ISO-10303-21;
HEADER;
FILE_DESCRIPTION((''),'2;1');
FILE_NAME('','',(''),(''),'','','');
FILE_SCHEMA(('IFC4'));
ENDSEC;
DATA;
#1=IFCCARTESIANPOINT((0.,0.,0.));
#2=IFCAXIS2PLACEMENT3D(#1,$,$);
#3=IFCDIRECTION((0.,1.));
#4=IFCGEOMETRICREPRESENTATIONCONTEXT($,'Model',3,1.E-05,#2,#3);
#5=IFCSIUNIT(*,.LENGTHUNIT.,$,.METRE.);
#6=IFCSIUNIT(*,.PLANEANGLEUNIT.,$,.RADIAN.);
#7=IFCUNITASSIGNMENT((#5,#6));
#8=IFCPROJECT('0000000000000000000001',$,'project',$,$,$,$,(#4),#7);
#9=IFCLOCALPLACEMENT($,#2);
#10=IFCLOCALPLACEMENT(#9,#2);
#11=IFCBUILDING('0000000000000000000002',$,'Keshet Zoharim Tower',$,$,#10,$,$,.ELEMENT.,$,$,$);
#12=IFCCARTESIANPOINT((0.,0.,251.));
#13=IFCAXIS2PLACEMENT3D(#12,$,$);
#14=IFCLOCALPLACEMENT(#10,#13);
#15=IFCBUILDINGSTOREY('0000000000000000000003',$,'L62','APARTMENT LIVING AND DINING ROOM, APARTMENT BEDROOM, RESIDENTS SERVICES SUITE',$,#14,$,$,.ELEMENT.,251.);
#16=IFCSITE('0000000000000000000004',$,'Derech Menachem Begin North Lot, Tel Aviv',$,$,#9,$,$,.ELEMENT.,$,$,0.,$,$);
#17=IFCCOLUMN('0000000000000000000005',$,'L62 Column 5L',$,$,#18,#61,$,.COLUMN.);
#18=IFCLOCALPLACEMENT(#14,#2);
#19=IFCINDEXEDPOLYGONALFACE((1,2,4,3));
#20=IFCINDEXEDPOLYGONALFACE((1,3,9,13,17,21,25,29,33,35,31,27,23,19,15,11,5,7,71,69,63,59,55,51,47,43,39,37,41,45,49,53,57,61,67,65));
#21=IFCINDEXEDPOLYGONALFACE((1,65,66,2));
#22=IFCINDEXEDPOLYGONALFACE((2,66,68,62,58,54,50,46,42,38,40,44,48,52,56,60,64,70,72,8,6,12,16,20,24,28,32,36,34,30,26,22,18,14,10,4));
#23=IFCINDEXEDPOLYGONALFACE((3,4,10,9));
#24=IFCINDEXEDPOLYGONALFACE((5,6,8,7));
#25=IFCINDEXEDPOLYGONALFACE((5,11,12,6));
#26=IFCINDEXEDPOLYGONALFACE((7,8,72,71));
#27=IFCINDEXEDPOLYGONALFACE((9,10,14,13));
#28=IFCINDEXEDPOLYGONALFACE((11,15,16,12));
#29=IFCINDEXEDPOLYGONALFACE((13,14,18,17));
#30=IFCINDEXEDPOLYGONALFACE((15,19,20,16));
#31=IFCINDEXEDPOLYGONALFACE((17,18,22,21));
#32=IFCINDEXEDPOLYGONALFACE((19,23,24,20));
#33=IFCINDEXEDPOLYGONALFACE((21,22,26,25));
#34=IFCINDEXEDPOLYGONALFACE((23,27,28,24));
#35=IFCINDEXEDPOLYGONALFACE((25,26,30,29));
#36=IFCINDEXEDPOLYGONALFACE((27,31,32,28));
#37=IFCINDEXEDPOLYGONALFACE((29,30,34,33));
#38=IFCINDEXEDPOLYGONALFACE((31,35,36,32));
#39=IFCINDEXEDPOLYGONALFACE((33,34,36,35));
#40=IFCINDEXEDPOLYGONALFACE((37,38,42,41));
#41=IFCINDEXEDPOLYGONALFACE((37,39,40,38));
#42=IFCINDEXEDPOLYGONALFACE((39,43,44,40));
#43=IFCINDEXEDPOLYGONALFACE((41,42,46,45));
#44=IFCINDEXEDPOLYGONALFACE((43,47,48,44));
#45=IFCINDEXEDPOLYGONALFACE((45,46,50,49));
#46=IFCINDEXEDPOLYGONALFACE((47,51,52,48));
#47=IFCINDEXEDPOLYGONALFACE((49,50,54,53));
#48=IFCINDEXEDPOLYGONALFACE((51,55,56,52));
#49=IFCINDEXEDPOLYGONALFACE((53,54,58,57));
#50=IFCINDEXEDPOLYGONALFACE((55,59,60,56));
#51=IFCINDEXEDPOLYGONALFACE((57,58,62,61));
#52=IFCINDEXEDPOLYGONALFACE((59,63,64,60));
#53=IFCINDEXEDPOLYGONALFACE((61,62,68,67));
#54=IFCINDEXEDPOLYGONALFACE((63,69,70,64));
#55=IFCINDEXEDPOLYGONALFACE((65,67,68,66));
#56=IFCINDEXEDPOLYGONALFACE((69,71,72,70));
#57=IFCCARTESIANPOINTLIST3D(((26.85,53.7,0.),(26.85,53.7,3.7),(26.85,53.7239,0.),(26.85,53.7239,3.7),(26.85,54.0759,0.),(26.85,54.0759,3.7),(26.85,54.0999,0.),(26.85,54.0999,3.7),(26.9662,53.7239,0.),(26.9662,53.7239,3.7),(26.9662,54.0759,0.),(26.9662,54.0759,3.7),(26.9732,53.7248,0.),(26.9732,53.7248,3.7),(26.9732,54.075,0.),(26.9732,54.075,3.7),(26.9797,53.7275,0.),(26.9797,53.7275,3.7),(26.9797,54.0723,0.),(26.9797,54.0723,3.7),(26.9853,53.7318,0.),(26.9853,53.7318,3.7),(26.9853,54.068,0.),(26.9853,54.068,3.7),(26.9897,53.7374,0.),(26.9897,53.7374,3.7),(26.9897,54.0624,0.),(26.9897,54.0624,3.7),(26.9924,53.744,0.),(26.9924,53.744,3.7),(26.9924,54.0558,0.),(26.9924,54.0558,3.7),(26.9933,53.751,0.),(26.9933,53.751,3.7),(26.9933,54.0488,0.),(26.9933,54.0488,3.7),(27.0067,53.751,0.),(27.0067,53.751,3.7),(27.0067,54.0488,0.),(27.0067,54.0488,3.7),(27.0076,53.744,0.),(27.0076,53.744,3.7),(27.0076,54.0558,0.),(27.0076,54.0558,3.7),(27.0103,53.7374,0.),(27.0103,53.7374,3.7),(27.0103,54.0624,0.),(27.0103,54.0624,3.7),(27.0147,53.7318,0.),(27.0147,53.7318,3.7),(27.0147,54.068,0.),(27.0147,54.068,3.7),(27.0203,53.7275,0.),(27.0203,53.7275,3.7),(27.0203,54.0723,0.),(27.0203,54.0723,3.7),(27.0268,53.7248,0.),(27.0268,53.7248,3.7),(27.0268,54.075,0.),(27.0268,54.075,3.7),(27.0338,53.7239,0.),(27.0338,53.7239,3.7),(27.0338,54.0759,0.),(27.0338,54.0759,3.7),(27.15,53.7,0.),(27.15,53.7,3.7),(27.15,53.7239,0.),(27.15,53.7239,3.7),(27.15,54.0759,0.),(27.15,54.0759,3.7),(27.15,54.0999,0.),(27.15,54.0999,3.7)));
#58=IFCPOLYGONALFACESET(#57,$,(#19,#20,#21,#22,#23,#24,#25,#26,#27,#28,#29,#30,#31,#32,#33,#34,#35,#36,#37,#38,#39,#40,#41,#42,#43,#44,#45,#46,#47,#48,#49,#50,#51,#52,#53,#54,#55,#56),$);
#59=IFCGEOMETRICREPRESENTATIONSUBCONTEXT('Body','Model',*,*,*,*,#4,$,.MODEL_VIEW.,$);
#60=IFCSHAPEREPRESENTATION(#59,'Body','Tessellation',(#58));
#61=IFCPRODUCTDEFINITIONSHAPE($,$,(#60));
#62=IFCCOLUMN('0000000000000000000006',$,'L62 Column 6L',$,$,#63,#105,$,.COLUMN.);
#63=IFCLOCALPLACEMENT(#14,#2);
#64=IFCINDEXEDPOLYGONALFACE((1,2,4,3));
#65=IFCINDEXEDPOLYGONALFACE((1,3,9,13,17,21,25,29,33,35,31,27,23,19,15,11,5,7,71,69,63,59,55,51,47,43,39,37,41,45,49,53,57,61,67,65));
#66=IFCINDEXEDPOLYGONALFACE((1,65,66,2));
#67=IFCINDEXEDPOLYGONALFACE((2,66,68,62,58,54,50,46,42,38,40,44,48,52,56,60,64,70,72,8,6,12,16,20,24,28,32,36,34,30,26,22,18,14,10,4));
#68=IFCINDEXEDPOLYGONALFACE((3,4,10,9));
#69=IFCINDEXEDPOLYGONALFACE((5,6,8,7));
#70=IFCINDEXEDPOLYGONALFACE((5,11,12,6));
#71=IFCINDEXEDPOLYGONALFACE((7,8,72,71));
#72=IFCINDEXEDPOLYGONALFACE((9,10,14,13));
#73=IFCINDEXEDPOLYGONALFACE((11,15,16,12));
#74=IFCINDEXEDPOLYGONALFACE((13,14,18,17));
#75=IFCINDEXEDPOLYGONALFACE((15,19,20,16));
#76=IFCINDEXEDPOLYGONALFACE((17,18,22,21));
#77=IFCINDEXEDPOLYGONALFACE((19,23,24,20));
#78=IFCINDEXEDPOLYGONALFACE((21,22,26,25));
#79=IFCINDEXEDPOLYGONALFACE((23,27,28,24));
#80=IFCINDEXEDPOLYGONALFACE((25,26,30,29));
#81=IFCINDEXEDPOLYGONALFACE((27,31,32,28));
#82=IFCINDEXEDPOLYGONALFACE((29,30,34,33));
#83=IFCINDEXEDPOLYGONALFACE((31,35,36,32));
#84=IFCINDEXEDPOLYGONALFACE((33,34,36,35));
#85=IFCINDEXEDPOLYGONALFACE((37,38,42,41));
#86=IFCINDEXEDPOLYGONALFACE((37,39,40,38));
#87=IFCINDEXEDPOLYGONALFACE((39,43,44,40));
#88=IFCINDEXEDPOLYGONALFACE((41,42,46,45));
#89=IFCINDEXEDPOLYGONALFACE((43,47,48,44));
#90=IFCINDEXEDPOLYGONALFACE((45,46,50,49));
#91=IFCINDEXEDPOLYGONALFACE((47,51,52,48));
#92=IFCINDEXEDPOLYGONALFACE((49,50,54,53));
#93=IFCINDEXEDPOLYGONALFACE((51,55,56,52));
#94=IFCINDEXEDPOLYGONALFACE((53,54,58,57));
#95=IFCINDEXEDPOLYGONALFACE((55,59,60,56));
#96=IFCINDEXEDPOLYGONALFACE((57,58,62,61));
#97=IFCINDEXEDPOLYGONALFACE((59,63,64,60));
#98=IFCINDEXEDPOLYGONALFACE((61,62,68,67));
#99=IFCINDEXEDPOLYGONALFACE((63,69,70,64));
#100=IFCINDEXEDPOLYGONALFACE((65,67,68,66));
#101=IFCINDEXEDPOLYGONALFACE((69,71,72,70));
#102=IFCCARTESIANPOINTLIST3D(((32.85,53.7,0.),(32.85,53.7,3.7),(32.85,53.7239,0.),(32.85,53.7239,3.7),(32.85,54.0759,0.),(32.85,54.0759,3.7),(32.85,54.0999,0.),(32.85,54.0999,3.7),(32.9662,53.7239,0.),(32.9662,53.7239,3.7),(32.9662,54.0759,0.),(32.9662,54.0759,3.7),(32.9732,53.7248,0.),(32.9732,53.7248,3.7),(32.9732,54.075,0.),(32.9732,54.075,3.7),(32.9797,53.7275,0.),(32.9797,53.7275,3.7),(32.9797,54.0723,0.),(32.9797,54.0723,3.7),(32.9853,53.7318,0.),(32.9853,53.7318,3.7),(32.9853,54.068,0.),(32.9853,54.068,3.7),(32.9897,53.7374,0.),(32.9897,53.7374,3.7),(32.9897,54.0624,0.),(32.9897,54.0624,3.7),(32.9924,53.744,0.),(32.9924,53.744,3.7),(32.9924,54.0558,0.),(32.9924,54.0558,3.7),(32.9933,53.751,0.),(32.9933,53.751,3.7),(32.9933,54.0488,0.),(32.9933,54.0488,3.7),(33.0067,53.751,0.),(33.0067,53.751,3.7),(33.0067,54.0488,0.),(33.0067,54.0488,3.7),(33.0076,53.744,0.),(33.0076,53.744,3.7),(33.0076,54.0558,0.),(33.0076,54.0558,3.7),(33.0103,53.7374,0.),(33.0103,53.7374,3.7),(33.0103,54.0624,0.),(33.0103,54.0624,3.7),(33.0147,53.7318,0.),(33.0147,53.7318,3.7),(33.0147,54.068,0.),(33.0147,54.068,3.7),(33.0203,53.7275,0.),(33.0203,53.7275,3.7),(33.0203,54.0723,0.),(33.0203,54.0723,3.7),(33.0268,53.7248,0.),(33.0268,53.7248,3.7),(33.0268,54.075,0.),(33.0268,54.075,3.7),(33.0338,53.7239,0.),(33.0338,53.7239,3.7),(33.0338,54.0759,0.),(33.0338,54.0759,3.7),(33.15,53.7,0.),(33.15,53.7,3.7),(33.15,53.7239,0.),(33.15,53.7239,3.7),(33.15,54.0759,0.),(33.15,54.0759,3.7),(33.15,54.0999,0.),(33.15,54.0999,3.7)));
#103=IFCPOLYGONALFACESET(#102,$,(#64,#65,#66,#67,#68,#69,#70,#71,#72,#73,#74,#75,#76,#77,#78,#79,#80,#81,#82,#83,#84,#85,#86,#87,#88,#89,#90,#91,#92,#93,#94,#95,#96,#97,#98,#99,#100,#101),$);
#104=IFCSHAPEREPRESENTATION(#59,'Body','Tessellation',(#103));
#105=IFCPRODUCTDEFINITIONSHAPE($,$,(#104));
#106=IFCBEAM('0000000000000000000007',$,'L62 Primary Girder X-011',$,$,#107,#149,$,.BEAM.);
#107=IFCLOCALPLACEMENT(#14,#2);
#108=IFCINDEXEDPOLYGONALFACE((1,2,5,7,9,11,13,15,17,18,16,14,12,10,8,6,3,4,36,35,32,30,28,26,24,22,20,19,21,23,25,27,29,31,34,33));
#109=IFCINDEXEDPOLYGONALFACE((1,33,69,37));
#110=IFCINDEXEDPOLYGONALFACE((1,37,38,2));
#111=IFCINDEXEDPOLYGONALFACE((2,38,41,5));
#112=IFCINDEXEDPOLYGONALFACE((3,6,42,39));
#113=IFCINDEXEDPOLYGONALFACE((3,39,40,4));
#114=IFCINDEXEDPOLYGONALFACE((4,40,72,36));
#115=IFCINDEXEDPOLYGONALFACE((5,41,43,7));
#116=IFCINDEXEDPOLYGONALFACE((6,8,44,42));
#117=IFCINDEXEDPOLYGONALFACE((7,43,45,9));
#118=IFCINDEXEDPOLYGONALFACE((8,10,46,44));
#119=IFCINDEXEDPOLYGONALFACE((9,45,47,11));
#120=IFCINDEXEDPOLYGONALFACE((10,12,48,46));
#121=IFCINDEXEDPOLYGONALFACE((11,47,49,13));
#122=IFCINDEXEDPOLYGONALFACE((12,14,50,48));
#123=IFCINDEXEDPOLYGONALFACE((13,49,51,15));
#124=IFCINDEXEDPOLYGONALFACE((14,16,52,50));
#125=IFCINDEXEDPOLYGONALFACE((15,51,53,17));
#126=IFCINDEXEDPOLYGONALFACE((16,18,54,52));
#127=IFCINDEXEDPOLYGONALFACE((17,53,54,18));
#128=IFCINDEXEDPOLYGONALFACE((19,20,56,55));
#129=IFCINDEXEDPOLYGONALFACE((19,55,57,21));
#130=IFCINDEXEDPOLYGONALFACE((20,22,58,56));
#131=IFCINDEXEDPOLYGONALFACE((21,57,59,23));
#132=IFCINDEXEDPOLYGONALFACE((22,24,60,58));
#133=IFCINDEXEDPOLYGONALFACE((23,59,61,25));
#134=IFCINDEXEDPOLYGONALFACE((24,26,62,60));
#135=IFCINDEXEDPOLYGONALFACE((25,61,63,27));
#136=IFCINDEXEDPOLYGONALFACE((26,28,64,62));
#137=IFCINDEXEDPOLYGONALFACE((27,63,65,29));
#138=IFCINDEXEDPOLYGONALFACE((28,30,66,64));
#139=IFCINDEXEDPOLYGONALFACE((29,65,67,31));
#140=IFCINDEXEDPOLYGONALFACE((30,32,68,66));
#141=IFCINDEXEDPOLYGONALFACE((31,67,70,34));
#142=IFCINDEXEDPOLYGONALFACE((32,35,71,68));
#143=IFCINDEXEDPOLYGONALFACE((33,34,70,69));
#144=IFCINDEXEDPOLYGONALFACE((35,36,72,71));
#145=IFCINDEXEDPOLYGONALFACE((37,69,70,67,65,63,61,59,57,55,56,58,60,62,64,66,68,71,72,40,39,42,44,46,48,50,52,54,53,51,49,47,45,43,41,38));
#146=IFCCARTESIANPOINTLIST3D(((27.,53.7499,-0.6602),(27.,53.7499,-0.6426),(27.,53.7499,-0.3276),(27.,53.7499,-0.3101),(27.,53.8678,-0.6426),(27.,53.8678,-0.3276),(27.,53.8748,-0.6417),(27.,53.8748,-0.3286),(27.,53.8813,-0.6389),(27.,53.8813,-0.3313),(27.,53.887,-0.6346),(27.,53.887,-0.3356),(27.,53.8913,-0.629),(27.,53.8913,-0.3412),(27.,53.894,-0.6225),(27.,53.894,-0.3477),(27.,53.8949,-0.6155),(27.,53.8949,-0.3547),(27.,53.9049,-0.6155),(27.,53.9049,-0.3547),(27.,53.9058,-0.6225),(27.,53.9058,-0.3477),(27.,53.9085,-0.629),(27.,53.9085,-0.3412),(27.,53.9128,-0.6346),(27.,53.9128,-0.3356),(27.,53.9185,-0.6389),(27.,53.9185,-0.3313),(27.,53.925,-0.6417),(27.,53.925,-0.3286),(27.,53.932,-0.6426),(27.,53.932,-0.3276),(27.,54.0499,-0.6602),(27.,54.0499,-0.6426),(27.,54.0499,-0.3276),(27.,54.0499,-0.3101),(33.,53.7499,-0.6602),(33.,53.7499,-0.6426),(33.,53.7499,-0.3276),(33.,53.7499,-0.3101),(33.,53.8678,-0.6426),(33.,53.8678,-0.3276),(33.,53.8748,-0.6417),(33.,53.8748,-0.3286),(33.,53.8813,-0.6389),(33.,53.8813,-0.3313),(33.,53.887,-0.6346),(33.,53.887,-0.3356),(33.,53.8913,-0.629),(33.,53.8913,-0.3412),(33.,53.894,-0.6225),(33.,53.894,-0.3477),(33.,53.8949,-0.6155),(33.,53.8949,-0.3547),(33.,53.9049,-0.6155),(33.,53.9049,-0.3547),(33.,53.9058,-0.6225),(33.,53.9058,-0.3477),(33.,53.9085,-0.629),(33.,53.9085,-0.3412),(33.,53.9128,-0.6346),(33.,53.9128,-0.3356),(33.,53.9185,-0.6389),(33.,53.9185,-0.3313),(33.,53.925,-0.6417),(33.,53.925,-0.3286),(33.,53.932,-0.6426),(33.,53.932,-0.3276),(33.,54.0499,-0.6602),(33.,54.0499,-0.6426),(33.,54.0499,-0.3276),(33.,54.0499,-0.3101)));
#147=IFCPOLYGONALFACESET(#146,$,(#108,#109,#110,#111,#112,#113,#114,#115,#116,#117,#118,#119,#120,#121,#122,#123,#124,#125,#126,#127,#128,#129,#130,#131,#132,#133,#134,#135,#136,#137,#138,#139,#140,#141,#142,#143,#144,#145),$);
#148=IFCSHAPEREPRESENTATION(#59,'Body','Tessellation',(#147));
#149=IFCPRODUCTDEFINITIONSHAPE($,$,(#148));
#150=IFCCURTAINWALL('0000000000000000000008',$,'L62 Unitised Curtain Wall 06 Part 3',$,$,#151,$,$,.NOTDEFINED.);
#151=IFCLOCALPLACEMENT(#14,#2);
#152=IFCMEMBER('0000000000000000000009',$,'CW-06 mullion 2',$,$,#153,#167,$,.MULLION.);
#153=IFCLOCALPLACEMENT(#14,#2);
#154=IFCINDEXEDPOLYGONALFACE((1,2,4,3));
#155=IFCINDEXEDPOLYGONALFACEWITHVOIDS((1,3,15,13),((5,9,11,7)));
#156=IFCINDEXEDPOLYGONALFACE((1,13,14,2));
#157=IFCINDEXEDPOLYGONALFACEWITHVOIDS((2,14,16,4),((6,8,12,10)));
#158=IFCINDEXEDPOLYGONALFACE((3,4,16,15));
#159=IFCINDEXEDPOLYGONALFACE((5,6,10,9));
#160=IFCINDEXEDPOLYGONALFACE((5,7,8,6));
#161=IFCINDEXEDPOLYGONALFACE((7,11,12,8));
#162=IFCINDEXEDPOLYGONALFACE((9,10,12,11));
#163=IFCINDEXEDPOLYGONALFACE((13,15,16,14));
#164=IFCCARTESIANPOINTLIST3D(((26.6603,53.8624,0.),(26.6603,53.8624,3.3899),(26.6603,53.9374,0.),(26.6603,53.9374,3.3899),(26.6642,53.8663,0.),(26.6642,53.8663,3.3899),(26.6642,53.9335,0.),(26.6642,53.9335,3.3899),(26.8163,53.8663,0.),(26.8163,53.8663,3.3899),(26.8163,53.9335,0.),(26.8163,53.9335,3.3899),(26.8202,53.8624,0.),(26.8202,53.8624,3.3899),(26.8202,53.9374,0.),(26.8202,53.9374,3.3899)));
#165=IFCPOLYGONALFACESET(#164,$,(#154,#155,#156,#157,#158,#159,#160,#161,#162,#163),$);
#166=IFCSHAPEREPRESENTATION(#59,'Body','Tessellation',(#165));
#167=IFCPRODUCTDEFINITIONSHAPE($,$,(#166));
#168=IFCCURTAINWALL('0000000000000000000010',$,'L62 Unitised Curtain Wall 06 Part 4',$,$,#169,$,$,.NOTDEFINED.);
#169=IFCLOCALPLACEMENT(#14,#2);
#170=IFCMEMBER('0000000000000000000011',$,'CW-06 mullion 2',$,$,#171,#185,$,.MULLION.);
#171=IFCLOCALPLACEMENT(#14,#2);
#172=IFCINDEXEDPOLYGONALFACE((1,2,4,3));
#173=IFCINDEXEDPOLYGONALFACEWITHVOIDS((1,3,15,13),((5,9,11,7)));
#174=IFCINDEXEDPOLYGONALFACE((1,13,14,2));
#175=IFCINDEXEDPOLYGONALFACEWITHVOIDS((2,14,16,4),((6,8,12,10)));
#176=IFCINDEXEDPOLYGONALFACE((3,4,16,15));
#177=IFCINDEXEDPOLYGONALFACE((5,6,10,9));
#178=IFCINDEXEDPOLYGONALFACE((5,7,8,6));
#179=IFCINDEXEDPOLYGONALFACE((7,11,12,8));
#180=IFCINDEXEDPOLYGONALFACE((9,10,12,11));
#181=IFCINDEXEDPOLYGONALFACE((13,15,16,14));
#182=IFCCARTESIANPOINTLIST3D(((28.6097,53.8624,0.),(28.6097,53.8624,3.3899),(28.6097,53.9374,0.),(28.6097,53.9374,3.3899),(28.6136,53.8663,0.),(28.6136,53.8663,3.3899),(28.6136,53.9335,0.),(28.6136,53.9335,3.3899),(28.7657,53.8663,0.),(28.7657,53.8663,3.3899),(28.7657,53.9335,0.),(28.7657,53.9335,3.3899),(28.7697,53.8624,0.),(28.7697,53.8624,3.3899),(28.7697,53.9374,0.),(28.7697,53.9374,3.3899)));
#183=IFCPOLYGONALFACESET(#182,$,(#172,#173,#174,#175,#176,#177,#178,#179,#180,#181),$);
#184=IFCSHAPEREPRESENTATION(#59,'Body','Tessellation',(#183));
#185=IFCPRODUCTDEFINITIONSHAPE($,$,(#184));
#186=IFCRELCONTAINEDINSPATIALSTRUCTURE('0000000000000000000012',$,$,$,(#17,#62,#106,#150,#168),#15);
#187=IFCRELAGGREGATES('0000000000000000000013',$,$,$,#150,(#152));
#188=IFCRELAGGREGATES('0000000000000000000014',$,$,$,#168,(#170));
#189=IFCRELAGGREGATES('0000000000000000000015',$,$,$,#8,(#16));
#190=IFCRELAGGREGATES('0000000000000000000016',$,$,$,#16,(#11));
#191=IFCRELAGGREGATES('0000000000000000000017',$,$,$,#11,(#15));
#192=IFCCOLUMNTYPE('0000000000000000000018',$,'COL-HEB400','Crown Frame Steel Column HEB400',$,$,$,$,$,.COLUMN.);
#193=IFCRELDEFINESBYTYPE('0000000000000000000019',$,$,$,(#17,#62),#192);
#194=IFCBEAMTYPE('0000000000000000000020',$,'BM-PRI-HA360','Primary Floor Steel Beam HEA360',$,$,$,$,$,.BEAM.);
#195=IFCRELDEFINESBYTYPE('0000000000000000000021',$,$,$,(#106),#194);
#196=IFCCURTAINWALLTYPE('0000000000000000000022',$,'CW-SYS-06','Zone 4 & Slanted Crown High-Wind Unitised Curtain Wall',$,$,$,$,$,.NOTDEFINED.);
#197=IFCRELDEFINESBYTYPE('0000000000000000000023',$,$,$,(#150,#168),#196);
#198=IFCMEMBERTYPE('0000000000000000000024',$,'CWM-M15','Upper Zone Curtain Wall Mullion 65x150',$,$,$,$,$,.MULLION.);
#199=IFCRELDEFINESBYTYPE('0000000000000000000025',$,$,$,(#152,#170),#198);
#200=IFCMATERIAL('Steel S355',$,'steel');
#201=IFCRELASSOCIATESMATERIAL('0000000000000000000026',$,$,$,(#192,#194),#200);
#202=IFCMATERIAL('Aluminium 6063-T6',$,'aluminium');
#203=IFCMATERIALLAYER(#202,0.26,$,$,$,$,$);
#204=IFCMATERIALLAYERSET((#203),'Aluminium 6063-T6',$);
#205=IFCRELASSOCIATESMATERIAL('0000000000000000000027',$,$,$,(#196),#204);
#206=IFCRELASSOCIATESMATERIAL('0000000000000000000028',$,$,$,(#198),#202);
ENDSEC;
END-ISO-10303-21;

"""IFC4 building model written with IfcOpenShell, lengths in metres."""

from ifc_helpers import new_model, si_unit, direction, frame, origin, origin_2d, place, context, subcontext, project, spatial, hollow_rectangle, i_section, extrude, material, layer, layer_set, material_profile, profile_set, type_object, element, aggregate, save


model = new_model("IFC4")

# Units and contexts
model_context = context("Model", 3, precision=1e-05, world=origin(), true_north=direction((0.0, 1.0)))
body_context = subcontext(model_context, "Body", "Model", "MODEL_VIEW")
ifc_project = project(units=[si_unit("LENGTHUNIT", "METRE"), si_unit("PLANEANGLEUNIT", "RADIAN")], contexts=[model_context])

# Site, building, storey
site_placement = place(None, origin())
site = spatial("IfcSite", under=ifc_project, at=site_placement, Name="Derech Menachem Begin North Lot, Tel Aviv", CompositionType="ELEMENT", RefElevation=0.0)
building_placement = place(site_placement, origin())
building = spatial("IfcBuilding", under=site, at=building_placement, Name="Keshet Zoharim Tower", CompositionType="ELEMENT")
storey_placement = place(building_placement, frame((0.0, 0.0, 251.0)))
storey = spatial("IfcBuildingStorey", under=building, at=storey_placement, Name="L62", Description="APARTMENT LIVING AND DINING ROOM, APARTMENT BEDROOM, RESIDENTS SERVICES SUITE", CompositionType="ELEMENT", Elevation=251.0)

# Columns
ifc_material_1 = material(Name="Steel S355", Category="steel")
ifc_material_profile_1 = material_profile(ifc_material_1, i_section(OverallWidth=0.3, OverallDepth=0.3999, WebThickness=0.0134, FlangeThickness=0.0239, FilletRadius=0.0271, at=origin_2d()), Name="HEB400")
ifc_profile_set_1 = profile_set([ifc_material_profile_1], Name="Steel S355")
column_type = type_object("IfcColumnType", Name="COL-HEB400", Description="Crown Frame Steel Column HEB400", PredefinedType="COLUMN", material=ifc_profile_set_1)
for number, where, z_axis, x_axis, name in (
    (1, (27.0, 53.8999, 0.0), (0.0, 0.0, 1.0), (1.0, 0.0, 0.0), "L62 Column 5L"),
    (2, (33.0, 53.8999, 0.0), (0.0, 0.0, 1.0), (1.0, 0.0, 0.0), "L62 Column 6L"),
):
    element("IfcColumn", number, at=place(storey_placement, frame(where, z_axis=z_axis, x_axis=x_axis)), inside=storey, type_object=column_type, Name=name, PredefinedType="COLUMN", context=body_context, shape_type="SweptSolid", body=[
        extrude(i_section(OverallWidth=0.3, OverallDepth=0.3999, WebThickness=0.0134, FlangeThickness=0.0239, FilletRadius=0.0271, at=origin_2d()), origin(), (0.0, 0.0, 1.0), 3.7),
    ])

# Beam
ifc_material_profile_2 = material_profile(ifc_material_1, i_section(OverallWidth=0.3, OverallDepth=0.3501, WebThickness=0.01, FlangeThickness=0.0176, FilletRadius=0.0271, at=origin_2d()), Name="HEA360")
ifc_profile_set_2 = profile_set([ifc_material_profile_2], Name="Steel S355")
beam_type = type_object("IfcBeamType", Name="BM-PRI-HA360", Description="Primary Floor Steel Beam HEA360", PredefinedType="BEAM", material=ifc_profile_set_2)
beam_placement = place(storey_placement, frame((27.0, 53.8999, -0.4851), z_axis=(1.0, 0.0, 0.0), x_axis=(0.0, 1.0, 0.0)))
element("IfcBeam", 3, at=beam_placement, inside=storey, type_object=beam_type, Name="L62 Primary Girder X-011", PredefinedType="BEAM", context=body_context, shape_type="SweptSolid", body=[
    extrude(i_section(OverallWidth=0.3, OverallDepth=0.3501, WebThickness=0.01, FlangeThickness=0.0176, FilletRadius=0.0271, at=origin_2d()), origin(), (0.0, 0.0, 1.0), 6.0),
])

# Curtain wall, member
ifc_material_2 = material(Name="Aluminium 6063-T6", Category="aluminium")
ifc_layer_1 = layer(ifc_material_2, 0.26)
ifc_layer_set_1 = layer_set([ifc_layer_1], Name="Aluminium 6063-T6")
curtain_wall_type = type_object("IfcCurtainWallType", Name="CW-SYS-06", Description="Zone 4 & Slanted Crown High-Wind Unitised Curtain Wall", PredefinedType="NOTDEFINED", material=ifc_layer_set_1)
curtain_wall_1_placement = place(storey_placement, origin())
curtain_wall_1 = element("IfcCurtainWall", 4, at=curtain_wall_1_placement, inside=storey, type_object=curtain_wall_type, Name="L62 Unitised Curtain Wall 06 Part 3", PredefinedType="NOTDEFINED")
ifc_material_profile_3 = material_profile(ifc_material_2, hollow_rectangle(XDim=0.075, YDim=0.1599, WallThickness=0.0039, at=origin_2d()), Name="MUL-75x160")
ifc_profile_set_3 = profile_set([ifc_material_profile_3], Name="Aluminium 6063-T6")
member_type_1 = type_object("IfcMemberType", Name="CWM-M15", Description="Upper Zone Curtain Wall Mullion 65x150", PredefinedType="MULLION", material=ifc_profile_set_3)
member_1_placement = place(storey_placement, frame((26.7402, 53.8999, 0.0), z_axis=(0.0, 0.0, 1.0), x_axis=(0.0, 1.0, 0.0)))
member_1 = element("IfcMember", 5, at=member_1_placement, type_object=member_type_1, Name="CW-06 mullion 2", PredefinedType="MULLION", context=body_context, shape_type="SweptSolid", body=[
    extrude(hollow_rectangle(XDim=0.075, YDim=0.1599, WallThickness=0.0039, at=origin_2d()), origin(), (0.0, 0.0, 1.0), 3.3899),
])

# Curtain wall, member
curtain_wall_2_placement = place(storey_placement, origin())
curtain_wall_2 = element("IfcCurtainWall", 6, at=curtain_wall_2_placement, inside=storey, type_object=curtain_wall_type, Name="L62 Unitised Curtain Wall 06 Part 4", PredefinedType="NOTDEFINED")
member_2_placement = place(storey_placement, frame((28.6897, 53.8999, 0.0), z_axis=(0.0, 0.0, 1.0), x_axis=(0.0, 1.0, 0.0)))
member_2 = element("IfcMember", 7, at=member_2_placement, type_object=member_type_1, Name="CW-06 mullion 2", PredefinedType="MULLION", context=body_context, shape_type="SweptSolid", body=[
    extrude(hollow_rectangle(XDim=0.075, YDim=0.1599, WallThickness=0.0039, at=origin_2d()), origin(), (0.0, 0.0, 1.0), 3.3899),
])

aggregate(curtain_wall_1, [member_1])
aggregate(curtain_wall_2, [member_2])

save(model, "model.ifc")
